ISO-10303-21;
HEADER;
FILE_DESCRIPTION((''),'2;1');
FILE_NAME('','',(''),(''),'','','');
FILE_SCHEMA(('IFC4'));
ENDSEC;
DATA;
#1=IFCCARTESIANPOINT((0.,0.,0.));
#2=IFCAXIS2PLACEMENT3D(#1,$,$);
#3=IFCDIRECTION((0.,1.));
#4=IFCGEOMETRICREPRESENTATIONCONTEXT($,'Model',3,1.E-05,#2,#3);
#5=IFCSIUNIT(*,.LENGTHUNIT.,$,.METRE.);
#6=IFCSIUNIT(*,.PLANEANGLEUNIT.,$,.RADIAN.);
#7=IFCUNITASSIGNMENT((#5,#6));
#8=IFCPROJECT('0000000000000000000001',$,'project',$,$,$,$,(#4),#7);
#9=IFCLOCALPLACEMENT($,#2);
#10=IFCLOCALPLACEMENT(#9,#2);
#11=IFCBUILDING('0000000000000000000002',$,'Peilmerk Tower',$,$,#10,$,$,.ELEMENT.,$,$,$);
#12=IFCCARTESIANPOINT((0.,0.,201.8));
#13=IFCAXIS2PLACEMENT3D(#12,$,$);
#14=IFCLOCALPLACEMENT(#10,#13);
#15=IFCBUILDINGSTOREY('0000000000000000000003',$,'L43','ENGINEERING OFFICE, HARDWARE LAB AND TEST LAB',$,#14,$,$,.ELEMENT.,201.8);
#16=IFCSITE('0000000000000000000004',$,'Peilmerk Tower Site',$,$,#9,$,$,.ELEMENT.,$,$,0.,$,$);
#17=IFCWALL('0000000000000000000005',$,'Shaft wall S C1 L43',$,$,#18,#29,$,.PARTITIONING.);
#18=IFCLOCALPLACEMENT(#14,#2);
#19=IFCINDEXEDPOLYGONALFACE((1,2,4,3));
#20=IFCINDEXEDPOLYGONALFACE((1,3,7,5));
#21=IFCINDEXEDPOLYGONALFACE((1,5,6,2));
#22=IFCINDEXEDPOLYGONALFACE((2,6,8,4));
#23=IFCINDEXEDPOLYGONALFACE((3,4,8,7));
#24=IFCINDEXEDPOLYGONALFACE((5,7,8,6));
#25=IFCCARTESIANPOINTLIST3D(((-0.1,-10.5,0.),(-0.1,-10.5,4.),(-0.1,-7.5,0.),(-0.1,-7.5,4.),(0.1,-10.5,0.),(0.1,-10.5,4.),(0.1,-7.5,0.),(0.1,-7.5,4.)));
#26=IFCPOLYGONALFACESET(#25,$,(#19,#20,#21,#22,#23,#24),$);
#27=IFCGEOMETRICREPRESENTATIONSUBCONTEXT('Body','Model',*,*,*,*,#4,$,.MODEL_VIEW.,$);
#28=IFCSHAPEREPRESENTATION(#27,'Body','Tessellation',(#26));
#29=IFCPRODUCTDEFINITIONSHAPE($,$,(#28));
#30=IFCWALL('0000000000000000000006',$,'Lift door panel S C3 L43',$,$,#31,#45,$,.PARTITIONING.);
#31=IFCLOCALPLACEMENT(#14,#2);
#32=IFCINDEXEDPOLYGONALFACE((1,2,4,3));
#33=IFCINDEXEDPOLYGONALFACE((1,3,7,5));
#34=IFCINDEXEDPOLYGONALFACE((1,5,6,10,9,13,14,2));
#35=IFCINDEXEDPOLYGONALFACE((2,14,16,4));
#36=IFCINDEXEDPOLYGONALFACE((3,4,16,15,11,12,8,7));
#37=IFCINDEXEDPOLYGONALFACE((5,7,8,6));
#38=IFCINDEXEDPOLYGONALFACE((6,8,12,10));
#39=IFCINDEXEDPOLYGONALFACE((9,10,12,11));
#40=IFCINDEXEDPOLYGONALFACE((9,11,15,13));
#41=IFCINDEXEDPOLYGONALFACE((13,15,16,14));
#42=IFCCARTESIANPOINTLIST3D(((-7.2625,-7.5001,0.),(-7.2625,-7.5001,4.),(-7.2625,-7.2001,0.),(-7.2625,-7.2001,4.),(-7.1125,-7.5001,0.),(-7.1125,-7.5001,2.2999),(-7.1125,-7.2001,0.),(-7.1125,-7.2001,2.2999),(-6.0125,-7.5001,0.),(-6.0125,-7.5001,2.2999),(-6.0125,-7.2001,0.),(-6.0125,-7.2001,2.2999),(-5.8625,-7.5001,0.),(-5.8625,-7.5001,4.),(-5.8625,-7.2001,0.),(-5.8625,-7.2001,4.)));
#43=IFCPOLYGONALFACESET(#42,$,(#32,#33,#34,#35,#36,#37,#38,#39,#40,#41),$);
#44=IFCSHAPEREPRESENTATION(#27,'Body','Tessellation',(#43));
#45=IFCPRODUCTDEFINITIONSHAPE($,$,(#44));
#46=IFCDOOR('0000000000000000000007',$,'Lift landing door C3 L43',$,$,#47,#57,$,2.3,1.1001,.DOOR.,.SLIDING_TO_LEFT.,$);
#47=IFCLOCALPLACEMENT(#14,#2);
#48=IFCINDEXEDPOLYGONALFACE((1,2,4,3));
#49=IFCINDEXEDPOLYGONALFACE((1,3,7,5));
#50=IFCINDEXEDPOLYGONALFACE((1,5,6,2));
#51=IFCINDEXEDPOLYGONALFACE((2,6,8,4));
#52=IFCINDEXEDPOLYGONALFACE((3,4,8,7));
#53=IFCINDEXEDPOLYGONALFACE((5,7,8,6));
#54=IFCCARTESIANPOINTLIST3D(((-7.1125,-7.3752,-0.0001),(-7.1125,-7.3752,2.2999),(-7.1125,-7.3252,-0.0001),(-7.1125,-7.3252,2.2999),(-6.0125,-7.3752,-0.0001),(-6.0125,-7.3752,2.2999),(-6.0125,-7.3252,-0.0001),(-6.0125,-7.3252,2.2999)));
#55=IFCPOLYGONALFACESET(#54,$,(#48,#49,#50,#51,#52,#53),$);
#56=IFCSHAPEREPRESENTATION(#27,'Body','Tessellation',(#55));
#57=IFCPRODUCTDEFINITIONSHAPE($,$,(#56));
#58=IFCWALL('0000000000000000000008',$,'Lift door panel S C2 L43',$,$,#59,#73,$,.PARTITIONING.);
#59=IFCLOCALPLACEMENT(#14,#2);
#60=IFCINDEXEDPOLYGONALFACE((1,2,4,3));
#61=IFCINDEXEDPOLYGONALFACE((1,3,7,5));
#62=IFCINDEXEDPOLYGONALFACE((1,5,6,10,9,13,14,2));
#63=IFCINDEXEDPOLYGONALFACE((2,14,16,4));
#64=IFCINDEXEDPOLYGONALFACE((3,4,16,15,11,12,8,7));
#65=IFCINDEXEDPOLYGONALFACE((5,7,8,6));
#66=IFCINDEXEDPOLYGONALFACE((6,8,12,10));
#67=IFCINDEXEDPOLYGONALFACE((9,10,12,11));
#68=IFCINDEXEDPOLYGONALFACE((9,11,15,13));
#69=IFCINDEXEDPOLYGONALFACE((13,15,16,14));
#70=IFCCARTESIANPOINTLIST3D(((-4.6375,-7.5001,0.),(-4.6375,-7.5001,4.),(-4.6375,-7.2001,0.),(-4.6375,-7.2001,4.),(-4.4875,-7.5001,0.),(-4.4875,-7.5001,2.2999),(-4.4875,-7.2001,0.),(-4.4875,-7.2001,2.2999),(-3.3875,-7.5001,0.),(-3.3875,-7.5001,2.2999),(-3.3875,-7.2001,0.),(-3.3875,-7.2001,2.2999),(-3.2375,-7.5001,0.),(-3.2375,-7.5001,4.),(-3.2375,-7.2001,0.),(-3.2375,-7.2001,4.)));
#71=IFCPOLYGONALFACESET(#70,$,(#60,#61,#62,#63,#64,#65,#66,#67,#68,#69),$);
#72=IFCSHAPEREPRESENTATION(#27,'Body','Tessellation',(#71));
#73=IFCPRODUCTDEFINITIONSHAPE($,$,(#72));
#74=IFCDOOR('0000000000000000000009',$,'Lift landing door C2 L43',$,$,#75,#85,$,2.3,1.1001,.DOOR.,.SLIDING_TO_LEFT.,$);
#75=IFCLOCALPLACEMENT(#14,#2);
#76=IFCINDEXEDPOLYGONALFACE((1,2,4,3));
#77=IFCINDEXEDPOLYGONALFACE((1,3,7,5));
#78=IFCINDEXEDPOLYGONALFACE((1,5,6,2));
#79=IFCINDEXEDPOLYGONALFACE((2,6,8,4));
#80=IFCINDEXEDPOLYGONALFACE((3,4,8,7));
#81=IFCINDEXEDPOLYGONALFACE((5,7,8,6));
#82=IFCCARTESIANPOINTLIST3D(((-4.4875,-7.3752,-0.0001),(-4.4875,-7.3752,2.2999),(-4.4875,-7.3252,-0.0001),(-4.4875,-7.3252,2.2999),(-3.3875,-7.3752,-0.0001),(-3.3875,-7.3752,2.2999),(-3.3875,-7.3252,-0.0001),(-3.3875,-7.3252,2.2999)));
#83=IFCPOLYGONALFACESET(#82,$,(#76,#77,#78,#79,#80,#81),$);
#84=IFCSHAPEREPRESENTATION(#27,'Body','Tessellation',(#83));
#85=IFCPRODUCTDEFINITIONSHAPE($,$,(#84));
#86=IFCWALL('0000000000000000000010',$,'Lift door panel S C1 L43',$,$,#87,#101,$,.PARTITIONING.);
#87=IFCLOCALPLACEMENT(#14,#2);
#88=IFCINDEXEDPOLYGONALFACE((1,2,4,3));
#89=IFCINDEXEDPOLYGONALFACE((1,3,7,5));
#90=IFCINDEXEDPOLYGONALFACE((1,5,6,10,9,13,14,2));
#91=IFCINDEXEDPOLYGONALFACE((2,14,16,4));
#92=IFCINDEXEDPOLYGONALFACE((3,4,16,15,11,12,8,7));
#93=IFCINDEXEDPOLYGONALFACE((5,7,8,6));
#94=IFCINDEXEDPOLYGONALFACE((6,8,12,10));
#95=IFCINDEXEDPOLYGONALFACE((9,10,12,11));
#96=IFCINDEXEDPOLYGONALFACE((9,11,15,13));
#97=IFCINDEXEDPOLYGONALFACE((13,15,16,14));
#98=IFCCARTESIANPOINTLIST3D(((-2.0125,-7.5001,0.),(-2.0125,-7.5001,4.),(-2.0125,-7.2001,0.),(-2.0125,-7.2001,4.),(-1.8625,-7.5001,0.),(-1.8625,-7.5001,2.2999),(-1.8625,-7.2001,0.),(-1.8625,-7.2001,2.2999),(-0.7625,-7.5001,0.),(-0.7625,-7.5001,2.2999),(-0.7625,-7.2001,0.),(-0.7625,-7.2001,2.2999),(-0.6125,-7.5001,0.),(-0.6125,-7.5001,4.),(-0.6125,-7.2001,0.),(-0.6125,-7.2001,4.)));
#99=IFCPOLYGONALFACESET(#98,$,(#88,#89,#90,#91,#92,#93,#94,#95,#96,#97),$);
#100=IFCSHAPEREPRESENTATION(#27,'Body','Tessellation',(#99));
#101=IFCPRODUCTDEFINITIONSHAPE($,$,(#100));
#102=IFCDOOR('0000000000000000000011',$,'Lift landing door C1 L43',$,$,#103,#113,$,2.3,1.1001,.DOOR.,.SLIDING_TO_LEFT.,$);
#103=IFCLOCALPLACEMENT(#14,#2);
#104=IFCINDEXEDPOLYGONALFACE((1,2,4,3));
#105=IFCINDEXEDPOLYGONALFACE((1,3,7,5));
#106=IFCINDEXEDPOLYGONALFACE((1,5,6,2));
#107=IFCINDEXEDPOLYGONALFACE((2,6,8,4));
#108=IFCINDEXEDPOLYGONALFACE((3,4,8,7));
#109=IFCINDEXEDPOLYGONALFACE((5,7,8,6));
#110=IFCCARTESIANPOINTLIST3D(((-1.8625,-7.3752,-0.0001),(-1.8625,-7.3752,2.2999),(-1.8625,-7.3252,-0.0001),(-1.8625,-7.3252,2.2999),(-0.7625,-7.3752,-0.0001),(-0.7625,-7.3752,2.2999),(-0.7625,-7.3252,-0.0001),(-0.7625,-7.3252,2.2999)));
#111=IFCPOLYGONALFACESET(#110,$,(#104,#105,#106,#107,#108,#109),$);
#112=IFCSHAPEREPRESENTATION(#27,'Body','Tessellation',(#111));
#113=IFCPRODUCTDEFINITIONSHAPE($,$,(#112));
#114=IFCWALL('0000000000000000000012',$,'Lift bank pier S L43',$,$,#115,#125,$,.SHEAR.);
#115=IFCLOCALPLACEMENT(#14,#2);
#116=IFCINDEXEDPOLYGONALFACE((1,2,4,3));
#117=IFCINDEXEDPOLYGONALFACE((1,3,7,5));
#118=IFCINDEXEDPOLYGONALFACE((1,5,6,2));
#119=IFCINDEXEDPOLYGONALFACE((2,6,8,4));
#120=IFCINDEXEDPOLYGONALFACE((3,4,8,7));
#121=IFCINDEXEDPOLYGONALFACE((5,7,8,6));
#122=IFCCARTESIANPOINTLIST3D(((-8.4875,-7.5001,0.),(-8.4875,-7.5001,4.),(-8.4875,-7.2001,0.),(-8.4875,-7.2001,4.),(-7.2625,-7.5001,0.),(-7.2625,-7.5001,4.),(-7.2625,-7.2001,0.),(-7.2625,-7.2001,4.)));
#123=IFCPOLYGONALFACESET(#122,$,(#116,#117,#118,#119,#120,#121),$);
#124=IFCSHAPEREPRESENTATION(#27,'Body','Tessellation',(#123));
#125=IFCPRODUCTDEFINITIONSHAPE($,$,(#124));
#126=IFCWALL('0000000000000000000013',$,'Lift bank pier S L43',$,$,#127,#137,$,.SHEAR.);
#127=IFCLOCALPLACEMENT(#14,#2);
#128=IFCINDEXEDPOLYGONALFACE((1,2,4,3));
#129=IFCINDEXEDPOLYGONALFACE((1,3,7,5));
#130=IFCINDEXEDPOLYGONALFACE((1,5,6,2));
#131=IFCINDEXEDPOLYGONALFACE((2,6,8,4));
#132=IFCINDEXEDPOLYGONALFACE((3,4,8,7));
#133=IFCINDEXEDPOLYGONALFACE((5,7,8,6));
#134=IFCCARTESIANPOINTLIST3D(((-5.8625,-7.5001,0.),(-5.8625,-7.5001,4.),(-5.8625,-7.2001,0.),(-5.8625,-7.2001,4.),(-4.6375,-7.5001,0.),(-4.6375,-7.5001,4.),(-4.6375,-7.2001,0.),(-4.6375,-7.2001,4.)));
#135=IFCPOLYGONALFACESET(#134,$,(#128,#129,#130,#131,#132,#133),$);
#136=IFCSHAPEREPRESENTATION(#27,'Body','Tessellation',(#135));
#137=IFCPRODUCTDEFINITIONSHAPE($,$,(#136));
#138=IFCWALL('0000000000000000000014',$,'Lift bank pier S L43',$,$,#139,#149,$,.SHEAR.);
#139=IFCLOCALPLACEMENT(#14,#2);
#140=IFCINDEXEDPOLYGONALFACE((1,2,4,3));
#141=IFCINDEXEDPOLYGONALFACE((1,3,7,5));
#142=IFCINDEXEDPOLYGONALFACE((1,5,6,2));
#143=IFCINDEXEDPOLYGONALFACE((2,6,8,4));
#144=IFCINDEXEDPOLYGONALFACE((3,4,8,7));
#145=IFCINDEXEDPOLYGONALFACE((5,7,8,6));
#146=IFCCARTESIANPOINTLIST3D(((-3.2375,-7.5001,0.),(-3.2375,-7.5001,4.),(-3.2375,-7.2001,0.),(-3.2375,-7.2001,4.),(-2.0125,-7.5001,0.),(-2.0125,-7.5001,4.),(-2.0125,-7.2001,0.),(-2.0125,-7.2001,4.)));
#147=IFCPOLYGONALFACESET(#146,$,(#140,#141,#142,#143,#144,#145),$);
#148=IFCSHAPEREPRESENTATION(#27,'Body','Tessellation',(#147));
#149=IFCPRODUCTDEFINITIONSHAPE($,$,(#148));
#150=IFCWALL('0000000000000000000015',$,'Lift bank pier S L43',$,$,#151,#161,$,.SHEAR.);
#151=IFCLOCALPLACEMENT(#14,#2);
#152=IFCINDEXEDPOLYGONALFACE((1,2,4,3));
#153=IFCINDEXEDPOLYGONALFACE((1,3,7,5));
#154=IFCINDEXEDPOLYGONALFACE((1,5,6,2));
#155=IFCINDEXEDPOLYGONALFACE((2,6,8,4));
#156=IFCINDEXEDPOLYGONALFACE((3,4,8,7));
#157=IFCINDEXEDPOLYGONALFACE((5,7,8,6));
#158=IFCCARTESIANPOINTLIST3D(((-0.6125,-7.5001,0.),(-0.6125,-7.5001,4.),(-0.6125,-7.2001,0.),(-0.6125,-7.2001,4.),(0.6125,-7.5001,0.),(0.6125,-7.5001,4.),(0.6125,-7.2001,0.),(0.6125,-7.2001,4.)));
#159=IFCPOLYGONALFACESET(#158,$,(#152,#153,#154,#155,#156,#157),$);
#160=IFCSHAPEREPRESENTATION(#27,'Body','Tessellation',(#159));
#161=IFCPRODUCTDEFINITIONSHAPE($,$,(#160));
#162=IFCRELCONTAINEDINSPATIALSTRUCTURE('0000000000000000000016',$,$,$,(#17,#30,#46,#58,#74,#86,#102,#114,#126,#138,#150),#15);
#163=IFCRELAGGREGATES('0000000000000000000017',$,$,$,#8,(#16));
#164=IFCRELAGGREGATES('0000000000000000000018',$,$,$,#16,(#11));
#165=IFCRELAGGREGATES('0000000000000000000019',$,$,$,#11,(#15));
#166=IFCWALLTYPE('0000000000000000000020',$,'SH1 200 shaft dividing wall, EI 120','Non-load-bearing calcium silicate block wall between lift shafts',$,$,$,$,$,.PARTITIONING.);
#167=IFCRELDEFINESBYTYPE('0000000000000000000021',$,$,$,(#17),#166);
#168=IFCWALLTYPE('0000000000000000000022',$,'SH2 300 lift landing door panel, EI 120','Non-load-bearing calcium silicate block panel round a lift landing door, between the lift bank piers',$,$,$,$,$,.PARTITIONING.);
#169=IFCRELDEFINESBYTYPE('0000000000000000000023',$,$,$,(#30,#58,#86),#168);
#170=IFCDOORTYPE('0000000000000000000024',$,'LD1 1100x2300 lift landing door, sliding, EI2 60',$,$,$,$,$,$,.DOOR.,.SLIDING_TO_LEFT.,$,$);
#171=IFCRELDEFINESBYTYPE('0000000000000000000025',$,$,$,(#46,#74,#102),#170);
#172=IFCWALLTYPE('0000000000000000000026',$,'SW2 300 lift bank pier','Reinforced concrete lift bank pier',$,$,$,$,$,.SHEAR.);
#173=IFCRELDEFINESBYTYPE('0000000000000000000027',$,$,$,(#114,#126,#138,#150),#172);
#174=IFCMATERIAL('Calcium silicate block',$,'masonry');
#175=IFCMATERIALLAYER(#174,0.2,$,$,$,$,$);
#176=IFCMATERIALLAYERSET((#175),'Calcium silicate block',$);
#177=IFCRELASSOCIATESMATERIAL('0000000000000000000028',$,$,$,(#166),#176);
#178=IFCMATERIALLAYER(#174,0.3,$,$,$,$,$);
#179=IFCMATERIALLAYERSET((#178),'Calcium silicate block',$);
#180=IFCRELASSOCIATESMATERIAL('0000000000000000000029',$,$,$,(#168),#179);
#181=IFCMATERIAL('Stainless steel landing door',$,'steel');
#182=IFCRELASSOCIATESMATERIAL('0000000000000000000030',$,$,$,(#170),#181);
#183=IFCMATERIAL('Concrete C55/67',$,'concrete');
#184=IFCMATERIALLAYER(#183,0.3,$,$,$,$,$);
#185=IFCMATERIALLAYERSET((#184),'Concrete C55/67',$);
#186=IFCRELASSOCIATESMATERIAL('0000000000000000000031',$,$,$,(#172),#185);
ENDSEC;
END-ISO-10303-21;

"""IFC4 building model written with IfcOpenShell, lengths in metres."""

from ifc_helpers import new_model, si_unit, direction, frame, frame_2d, origin, place, context, subcontext, project, spatial, rectangle, extrude, material, layer, layer_set, type_object, element, fill, save


model = new_model("IFC4")

# Units and contexts
model_context = context("Model", 3, precision=1e-05, world=origin(), true_north=direction((0.0, 1.0)))
body_context = subcontext(model_context, "Body", "Model", "MODEL_VIEW")
ifc_project = project(units=[si_unit("LENGTHUNIT", "METRE"), si_unit("PLANEANGLEUNIT", "RADIAN")], contexts=[model_context])

# Site, building, storey
site_placement = place(None, origin())
site = spatial("IfcSite", under=ifc_project, at=site_placement, Name="Peilmerk Tower Site", CompositionType="ELEMENT", RefElevation=0.0)
building_placement = place(site_placement, origin())
building = spatial("IfcBuilding", under=site, at=building_placement, Name="Peilmerk Tower", CompositionType="ELEMENT")
storey_placement = place(building_placement, frame((0.0, 0.0, 201.8)))
storey = spatial("IfcBuildingStorey", under=building, at=storey_placement, Name="L43", Description="ENGINEERING OFFICE, HARDWARE LAB AND TEST LAB", CompositionType="ELEMENT", Elevation=201.8)

# Wall
ifc_material_1 = material(Name="Calcium silicate block", Category="masonry")
ifc_layer_1 = layer(ifc_material_1, 0.2)
ifc_layer_set_1 = layer_set([ifc_layer_1], Name="Calcium silicate block")
wall_type_1 = type_object("IfcWallType", Name="SH1 200 shaft dividing wall, EI 120", Description="Non-load-bearing calcium silicate block wall between lift shafts", PredefinedType="PARTITIONING", material=ifc_layer_set_1)
for number, where, z_axis, x_axis, name in (
    (1, (0.0, -10.5, 0.0), (0.0, 0.0, 1.0), (0.0, 1.0, 0.0), "Shaft wall S C1 L43"),
):
    element("IfcWall", number, at=place(storey_placement, frame(where, z_axis=z_axis, x_axis=x_axis)), inside=storey, type_object=wall_type_1, Name=name, PredefinedType="PARTITIONING", context=body_context, shape_type="SweptSolid", body=[
        extrude(rectangle(XDim=3.0, YDim=0.2, at=frame_2d((1.5, 0.0))), origin(), (0.0, 0.0, 1.0), 4.0),
    ])

# Walls, openings, doors
ifc_layer_2 = layer(ifc_material_1, 0.3)
ifc_layer_set_2 = layer_set([ifc_layer_2], Name="Calcium silicate block")
wall_type_2 = type_object("IfcWallType", Name="SH2 300 lift landing door panel, EI 120", Description="Non-load-bearing calcium silicate block panel round a lift landing door, between the lift bank piers", PredefinedType="PARTITIONING", material=ifc_layer_set_2)
wall_1_placement = place(storey_placement, frame((-7.2625, -7.3501, 0.0), z_axis=(0.0, 0.0, 1.0), x_axis=(1.0, 0.0, 0.0)))
wall_1 = element("IfcWall", 2, at=wall_1_placement, inside=storey, type_object=wall_type_2, Name="Lift door panel S C3 L43", PredefinedType="PARTITIONING", context=body_context, shape_type="SweptSolid", body=[
    extrude(rectangle(XDim=1.3999, YDim=0.3, at=frame_2d((0.7, 0.0))), origin(), (0.0, 0.0, 1.0), 4.0),
])
opening_1_placement = place(wall_1_placement, frame((0.1499, 0.0, 0.0)))
opening_1 = element("IfcOpeningElement", 3, at=opening_1_placement, cuts=wall_1, PredefinedType="OPENING", context=body_context, shape_type="SweptSolid", body=[
    extrude(rectangle(XDim=1.1001, YDim=2.3, at=frame_2d((0.55, 1.1499))), frame((0.0, 0.1599, 0.0), z_axis=(0.0, -1.0, 0.0), x_axis=(1.0, 0.0, 0.0)), (0.0, 0.0, 1.0), 0.3201),
])
ifc_material_2 = material(Name="Stainless steel landing door", Category="steel")
door_type = type_object("IfcDoorType", Name="LD1 1100x2300 lift landing door, sliding, EI2 60", OperationType="SLIDING_TO_LEFT", PredefinedType="DOOR", material=ifc_material_2)
door_1_placement = place(opening_1_placement, origin())
door_1 = element("IfcDoor", 4, at=door_1_placement, inside=storey, type_object=door_type, Name="Lift landing door C3 L43", OperationType="SLIDING_TO_LEFT", OverallHeight=2.3, OverallWidth=1.1001, PredefinedType="DOOR", context=body_context, shape_type="SweptSolid", body=[
    extrude(rectangle(XDim=1.1001, YDim=2.3, at=frame_2d((0.55, 1.1499))), frame((0.0, 0.0249, 0.0), z_axis=(0.0, -1.0, 0.0), x_axis=(1.0, 0.0, 0.0)), (0.0, 0.0, 1.0), 0.05),
])
fill(opening_1, door_1)
wall_2_placement = place(storey_placement, frame((-4.6375, -7.3501, 0.0), z_axis=(0.0, 0.0, 1.0), x_axis=(1.0, 0.0, 0.0)))
wall_2 = element("IfcWall", 5, at=wall_2_placement, inside=storey, type_object=wall_type_2, Name="Lift door panel S C2 L43", PredefinedType="PARTITIONING", context=body_context, shape_type="SweptSolid", body=[
    extrude(rectangle(XDim=1.3999, YDim=0.3, at=frame_2d((0.7, 0.0))), origin(), (0.0, 0.0, 1.0), 4.0),
])
opening_2_placement = place(wall_2_placement, frame((0.1499, 0.0, 0.0)))
opening_2 = element("IfcOpeningElement", 6, at=opening_2_placement, cuts=wall_2, PredefinedType="OPENING", context=body_context, shape_type="SweptSolid", body=[
    extrude(rectangle(XDim=1.1001, YDim=2.3, at=frame_2d((0.55, 1.1499))), frame((0.0, 0.1599, 0.0), z_axis=(0.0, -1.0, 0.0), x_axis=(1.0, 0.0, 0.0)), (0.0, 0.0, 1.0), 0.3201),
])
door_2_placement = place(opening_2_placement, origin())
door_2 = element("IfcDoor", 7, at=door_2_placement, inside=storey, type_object=door_type, Name="Lift landing door C2 L43", OperationType="SLIDING_TO_LEFT", OverallHeight=2.3, OverallWidth=1.1001, PredefinedType="DOOR", context=body_context, shape_type="SweptSolid", body=[
    extrude(rectangle(XDim=1.1001, YDim=2.3, at=frame_2d((0.55, 1.1499))), frame((0.0, 0.0249, 0.0), z_axis=(0.0, -1.0, 0.0), x_axis=(1.0, 0.0, 0.0)), (0.0, 0.0, 1.0), 0.05),
])
fill(opening_2, door_2)
wall_3_placement = place(storey_placement, frame((-2.0125, -7.3501, 0.0), z_axis=(0.0, 0.0, 1.0), x_axis=(1.0, 0.0, 0.0)))
wall_3 = element("IfcWall", 8, at=wall_3_placement, inside=storey, type_object=wall_type_2, Name="Lift door panel S C1 L43", PredefinedType="PARTITIONING", context=body_context, shape_type="SweptSolid", body=[
    extrude(rectangle(XDim=1.3999, YDim=0.3, at=frame_2d((0.7, 0.0))), origin(), (0.0, 0.0, 1.0), 4.0),
])
opening_3_placement = place(wall_3_placement, frame((0.1499, 0.0, 0.0)))
opening_3 = element("IfcOpeningElement", 9, at=opening_3_placement, cuts=wall_3, PredefinedType="OPENING", context=body_context, shape_type="SweptSolid", body=[
    extrude(rectangle(XDim=1.1001, YDim=2.3, at=frame_2d((0.55, 1.1499))), frame((0.0, 0.1599, 0.0), z_axis=(0.0, -1.0, 0.0), x_axis=(1.0, 0.0, 0.0)), (0.0, 0.0, 1.0), 0.3201),
])
door_3_placement = place(opening_3_placement, origin())
door_3 = element("IfcDoor", 10, at=door_3_placement, inside=storey, type_object=door_type, Name="Lift landing door C1 L43", OperationType="SLIDING_TO_LEFT", OverallHeight=2.3, OverallWidth=1.1001, PredefinedType="DOOR", context=body_context, shape_type="SweptSolid", body=[
    extrude(rectangle(XDim=1.1001, YDim=2.3, at=frame_2d((0.55, 1.1499))), frame((0.0, 0.0249, 0.0), z_axis=(0.0, -1.0, 0.0), x_axis=(1.0, 0.0, 0.0)), (0.0, 0.0, 1.0), 0.05),
])
fill(opening_3, door_3)

# Walls
ifc_material_3 = material(Name="Concrete C55/67", Category="concrete")
ifc_layer_3 = layer(ifc_material_3, 0.3)
ifc_layer_set_3 = layer_set([ifc_layer_3], Name="Concrete C55/67")
wall_type_3 = type_object("IfcWallType", Name="SW2 300 lift bank pier", Description="Reinforced concrete lift bank pier", PredefinedType="SHEAR", material=ifc_layer_set_3)
for number, where, z_axis, x_axis, name in (
    (11, (-8.4875, -7.3501, 0.0), (0.0, 0.0, 1.0), (1.0, 0.0, 0.0), "Lift bank pier S L43"),
    (12, (-5.8625, -7.3501, 0.0), (0.0, 0.0, 1.0), (1.0, 0.0, 0.0), "Lift bank pier S L43"),
    (13, (-3.2375, -7.3501, 0.0), (0.0, 0.0, 1.0), (1.0, 0.0, 0.0), "Lift bank pier S L43"),
    (14, (-0.6125, -7.3501, 0.0), (0.0, 0.0, 1.0), (1.0, 0.0, 0.0), "Lift bank pier S L43"),
):
    element("IfcWall", number, at=place(storey_placement, frame(where, z_axis=z_axis, x_axis=x_axis)), inside=storey, type_object=wall_type_3, Name=name, PredefinedType="SHEAR", context=body_context, shape_type="SweptSolid", body=[
        extrude(rectangle(XDim=1.2251, YDim=0.3, at=frame_2d((0.6125, 0.0))), origin(), (0.0, 0.0, 1.0), 4.0),
    ])

save(model, "model.ifc")
